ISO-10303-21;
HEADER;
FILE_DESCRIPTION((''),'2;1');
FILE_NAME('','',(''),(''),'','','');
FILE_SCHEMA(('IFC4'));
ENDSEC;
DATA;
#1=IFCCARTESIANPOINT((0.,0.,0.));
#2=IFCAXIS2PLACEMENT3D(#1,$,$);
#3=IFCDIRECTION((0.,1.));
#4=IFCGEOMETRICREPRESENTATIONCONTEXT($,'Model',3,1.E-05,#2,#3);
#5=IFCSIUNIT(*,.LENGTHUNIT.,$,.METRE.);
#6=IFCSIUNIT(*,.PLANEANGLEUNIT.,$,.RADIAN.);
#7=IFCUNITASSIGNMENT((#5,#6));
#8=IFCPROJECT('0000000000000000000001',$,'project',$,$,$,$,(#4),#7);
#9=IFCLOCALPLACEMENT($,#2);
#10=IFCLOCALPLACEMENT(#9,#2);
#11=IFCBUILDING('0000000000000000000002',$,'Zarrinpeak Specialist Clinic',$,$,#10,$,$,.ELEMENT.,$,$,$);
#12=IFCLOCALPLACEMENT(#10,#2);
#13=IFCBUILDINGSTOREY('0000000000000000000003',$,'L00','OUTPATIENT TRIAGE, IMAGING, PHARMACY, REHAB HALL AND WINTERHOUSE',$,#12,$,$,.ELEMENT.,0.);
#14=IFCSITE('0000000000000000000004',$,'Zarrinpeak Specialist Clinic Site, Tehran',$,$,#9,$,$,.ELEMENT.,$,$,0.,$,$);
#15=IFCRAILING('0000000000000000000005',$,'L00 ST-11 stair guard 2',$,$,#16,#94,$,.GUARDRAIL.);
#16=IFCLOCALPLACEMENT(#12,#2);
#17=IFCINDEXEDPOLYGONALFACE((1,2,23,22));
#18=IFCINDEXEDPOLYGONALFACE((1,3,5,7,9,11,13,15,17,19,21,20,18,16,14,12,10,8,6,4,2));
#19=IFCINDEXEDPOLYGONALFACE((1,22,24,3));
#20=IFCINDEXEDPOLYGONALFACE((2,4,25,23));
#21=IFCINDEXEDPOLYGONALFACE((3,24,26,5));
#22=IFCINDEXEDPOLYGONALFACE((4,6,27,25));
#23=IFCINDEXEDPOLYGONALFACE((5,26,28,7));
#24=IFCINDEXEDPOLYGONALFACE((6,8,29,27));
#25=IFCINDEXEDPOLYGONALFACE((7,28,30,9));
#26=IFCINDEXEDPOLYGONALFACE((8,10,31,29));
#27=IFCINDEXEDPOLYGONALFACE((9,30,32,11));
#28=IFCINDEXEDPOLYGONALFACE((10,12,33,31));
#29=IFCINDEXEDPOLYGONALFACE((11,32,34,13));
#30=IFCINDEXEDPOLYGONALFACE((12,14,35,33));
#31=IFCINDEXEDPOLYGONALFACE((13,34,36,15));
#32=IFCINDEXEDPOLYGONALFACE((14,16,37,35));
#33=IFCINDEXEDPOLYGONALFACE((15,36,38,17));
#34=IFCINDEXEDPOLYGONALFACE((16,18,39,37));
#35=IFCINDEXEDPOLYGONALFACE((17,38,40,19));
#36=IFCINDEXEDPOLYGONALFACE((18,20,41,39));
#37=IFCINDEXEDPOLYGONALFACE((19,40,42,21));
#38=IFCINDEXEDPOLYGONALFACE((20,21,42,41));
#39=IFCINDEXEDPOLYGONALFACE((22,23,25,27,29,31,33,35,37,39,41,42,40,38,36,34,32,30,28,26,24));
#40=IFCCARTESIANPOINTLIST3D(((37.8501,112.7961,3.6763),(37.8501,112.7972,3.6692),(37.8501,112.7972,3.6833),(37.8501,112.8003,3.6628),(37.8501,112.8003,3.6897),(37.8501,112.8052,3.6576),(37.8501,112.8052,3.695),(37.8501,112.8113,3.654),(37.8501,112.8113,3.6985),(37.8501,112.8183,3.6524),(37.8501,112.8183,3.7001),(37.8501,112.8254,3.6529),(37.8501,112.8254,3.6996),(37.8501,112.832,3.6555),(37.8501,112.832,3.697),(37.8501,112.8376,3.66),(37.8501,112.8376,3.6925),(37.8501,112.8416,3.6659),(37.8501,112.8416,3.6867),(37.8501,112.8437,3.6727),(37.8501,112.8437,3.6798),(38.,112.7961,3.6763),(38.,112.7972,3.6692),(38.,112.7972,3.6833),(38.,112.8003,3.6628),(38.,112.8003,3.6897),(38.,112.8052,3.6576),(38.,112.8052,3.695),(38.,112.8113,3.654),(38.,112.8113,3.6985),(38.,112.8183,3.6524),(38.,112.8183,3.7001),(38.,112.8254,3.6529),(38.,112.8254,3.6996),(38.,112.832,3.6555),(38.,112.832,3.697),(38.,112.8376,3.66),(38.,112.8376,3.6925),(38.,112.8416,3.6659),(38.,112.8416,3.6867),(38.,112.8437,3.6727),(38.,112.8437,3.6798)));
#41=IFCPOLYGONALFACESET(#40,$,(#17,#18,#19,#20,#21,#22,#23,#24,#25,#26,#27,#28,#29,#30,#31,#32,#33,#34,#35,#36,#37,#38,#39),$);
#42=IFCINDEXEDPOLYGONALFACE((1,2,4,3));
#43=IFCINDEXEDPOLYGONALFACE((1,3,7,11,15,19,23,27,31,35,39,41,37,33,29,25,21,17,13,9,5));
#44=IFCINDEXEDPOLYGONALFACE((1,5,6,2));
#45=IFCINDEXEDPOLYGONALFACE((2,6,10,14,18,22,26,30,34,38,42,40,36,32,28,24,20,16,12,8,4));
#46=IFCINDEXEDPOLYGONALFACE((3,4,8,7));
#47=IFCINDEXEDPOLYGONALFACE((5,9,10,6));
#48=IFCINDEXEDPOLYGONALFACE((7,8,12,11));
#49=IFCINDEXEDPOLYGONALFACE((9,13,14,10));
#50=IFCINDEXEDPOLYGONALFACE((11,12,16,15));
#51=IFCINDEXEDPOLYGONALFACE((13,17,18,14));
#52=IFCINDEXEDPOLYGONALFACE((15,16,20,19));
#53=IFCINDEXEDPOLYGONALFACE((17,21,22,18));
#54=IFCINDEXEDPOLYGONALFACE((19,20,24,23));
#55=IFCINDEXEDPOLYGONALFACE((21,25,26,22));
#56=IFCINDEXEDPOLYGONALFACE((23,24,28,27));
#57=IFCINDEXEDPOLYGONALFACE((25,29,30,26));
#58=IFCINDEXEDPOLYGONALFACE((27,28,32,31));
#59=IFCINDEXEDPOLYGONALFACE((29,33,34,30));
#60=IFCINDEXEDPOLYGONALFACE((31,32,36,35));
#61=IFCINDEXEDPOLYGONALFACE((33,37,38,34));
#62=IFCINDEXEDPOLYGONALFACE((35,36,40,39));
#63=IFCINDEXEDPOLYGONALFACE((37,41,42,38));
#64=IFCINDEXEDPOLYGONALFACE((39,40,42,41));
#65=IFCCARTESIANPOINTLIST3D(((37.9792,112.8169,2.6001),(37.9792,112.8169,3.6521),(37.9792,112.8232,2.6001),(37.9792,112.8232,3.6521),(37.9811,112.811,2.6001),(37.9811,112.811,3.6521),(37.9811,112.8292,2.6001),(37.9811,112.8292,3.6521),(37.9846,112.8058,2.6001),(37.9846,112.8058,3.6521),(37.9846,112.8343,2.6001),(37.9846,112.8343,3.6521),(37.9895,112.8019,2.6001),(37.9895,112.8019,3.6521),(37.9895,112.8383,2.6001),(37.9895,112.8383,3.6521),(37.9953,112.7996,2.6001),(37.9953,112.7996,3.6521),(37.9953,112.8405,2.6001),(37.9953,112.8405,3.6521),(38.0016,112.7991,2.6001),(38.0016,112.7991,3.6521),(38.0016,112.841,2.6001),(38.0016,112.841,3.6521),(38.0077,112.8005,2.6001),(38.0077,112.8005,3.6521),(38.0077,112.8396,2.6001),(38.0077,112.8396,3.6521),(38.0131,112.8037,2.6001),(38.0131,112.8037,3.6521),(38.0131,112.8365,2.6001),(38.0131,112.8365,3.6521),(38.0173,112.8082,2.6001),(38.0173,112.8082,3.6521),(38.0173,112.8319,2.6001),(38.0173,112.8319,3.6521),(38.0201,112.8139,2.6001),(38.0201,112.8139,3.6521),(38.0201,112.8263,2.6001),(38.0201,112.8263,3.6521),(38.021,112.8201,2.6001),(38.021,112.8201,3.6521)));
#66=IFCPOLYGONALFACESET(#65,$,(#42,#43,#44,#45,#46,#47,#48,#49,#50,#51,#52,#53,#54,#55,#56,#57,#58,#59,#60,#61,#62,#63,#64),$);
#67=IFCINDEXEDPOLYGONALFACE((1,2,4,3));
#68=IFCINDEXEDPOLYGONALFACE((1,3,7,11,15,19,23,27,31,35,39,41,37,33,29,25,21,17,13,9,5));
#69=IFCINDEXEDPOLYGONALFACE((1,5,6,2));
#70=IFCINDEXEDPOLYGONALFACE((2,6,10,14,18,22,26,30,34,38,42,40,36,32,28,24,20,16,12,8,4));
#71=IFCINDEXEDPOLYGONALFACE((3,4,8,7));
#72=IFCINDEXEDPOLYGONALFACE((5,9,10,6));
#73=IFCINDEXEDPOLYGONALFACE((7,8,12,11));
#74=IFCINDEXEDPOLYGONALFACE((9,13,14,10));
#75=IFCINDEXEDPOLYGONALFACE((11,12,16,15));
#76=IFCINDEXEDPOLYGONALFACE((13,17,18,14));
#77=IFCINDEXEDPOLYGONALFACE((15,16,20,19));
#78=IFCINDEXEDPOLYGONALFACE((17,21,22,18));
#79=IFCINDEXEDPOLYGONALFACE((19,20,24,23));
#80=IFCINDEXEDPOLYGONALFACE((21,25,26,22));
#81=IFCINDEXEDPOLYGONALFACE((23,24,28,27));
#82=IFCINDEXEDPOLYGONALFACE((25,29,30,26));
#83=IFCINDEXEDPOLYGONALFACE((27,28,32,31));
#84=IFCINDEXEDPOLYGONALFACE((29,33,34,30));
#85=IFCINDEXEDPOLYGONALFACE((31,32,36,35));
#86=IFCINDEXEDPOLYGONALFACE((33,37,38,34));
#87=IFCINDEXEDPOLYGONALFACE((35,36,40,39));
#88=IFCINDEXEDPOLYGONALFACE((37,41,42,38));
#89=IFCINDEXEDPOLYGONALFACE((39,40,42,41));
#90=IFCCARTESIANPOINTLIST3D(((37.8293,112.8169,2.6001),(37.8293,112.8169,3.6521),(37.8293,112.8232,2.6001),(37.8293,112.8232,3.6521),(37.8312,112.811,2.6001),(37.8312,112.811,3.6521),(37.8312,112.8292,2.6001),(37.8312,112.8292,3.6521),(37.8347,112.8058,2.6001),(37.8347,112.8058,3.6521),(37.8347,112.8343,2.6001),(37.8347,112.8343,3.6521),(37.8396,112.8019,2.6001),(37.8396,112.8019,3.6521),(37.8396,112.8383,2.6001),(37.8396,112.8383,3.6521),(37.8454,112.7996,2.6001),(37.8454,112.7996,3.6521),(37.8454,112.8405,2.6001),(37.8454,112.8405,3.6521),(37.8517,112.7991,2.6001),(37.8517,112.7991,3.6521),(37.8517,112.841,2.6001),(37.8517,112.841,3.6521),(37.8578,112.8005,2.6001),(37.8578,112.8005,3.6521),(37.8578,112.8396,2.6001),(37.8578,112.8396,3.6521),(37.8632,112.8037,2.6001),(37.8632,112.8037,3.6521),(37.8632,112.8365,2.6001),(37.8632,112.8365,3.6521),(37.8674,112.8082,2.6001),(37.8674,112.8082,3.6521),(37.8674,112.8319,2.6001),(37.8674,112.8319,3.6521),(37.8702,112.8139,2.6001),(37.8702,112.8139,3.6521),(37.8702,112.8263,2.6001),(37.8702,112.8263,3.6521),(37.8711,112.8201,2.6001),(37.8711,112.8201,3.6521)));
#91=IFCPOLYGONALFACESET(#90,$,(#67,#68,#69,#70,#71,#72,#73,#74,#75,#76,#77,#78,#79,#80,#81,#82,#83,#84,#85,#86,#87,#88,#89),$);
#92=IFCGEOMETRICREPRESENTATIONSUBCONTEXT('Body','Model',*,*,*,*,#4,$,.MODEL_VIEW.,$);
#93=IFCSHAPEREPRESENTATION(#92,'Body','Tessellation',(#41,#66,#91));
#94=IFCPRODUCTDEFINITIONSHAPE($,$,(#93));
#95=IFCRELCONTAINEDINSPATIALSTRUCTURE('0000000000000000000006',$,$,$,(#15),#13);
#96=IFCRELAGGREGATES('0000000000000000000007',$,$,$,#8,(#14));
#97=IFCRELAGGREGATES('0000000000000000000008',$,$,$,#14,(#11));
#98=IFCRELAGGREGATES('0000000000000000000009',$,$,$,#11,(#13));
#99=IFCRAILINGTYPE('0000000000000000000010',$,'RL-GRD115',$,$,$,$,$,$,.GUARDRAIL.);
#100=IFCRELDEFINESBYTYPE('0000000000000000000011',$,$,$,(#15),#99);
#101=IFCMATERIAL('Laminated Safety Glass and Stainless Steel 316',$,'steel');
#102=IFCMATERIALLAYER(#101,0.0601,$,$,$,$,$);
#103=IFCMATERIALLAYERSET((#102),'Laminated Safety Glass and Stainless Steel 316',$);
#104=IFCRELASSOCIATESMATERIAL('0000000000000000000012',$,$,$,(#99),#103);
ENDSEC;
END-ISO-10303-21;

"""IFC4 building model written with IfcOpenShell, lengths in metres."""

from ifc_helpers import new_model, si_unit, direction, frame, origin, origin_2d, place, context, subcontext, project, spatial, circle, extrude, material, layer, layer_set, type_object, element, save


model = new_model("IFC4")

# Units and contexts
model_context = context("Model", 3, precision=1e-05, world=origin(), true_north=direction((0.0, 1.0)))
body_context = subcontext(model_context, "Body", "Model", "MODEL_VIEW")
ifc_project = project(units=[si_unit("LENGTHUNIT", "METRE"), si_unit("PLANEANGLEUNIT", "RADIAN")], contexts=[model_context])

# Site, building, storey
site_placement = place(None, origin())
site = spatial("IfcSite", under=ifc_project, at=site_placement, Name="Zarrinpeak Specialist Clinic Site, Tehran", CompositionType="ELEMENT", RefElevation=0.0)
building_placement = place(site_placement, origin())
building = spatial("IfcBuilding", under=site, at=building_placement, Name="Zarrinpeak Specialist Clinic", CompositionType="ELEMENT")
storey_placement = place(building_placement, origin())
storey = spatial("IfcBuildingStorey", under=building, at=storey_placement, Name="L00", Description="OUTPATIENT TRIAGE, IMAGING, PHARMACY, REHAB HALL AND WINTERHOUSE", CompositionType="ELEMENT", Elevation=0.0)

# Railing
ifc_material_1 = material(Name="Laminated Safety Glass and Stainless Steel 316", Category="steel")
ifc_layer_1 = layer(ifc_material_1, 0.0601)
ifc_layer_set_1 = layer_set([ifc_layer_1], Name="Laminated Safety Glass and Stainless Steel 316")
railing_type_1 = type_object("IfcRailingType", Name="RL-GRD115", PredefinedType="GUARDRAIL", material=ifc_layer_set_1)
railing_1_placement = place(storey_placement, frame((38.0, 112.8201, 2.6001)))
element("IfcRailing", 1, at=railing_1_placement, inside=storey, type_object=railing_type_1, Name="L00 ST-11 stair guard 2", PredefinedType="GUARDRAIL", context=body_context, shape_type="SweptSolid", body=[
    extrude(circle(Radius=0.0239, at=origin_2d()), frame((0.0, 0.0, 1.0762), z_axis=(-1.0, 0.0, 0.0), x_axis=(0.0, -1.0, 0.0)), (0.0, 0.0, 1.0), 0.1499),
    extrude(circle(Radius=0.021, at=origin_2d()), origin(), (0.0, 0.0, 1.0), 1.052),
    extrude(circle(Radius=0.021, at=origin_2d()), frame((-0.1499, 0.0, 0.0)), (0.0, 0.0, 1.0), 1.052),
])

save(model, "model.ifc")
